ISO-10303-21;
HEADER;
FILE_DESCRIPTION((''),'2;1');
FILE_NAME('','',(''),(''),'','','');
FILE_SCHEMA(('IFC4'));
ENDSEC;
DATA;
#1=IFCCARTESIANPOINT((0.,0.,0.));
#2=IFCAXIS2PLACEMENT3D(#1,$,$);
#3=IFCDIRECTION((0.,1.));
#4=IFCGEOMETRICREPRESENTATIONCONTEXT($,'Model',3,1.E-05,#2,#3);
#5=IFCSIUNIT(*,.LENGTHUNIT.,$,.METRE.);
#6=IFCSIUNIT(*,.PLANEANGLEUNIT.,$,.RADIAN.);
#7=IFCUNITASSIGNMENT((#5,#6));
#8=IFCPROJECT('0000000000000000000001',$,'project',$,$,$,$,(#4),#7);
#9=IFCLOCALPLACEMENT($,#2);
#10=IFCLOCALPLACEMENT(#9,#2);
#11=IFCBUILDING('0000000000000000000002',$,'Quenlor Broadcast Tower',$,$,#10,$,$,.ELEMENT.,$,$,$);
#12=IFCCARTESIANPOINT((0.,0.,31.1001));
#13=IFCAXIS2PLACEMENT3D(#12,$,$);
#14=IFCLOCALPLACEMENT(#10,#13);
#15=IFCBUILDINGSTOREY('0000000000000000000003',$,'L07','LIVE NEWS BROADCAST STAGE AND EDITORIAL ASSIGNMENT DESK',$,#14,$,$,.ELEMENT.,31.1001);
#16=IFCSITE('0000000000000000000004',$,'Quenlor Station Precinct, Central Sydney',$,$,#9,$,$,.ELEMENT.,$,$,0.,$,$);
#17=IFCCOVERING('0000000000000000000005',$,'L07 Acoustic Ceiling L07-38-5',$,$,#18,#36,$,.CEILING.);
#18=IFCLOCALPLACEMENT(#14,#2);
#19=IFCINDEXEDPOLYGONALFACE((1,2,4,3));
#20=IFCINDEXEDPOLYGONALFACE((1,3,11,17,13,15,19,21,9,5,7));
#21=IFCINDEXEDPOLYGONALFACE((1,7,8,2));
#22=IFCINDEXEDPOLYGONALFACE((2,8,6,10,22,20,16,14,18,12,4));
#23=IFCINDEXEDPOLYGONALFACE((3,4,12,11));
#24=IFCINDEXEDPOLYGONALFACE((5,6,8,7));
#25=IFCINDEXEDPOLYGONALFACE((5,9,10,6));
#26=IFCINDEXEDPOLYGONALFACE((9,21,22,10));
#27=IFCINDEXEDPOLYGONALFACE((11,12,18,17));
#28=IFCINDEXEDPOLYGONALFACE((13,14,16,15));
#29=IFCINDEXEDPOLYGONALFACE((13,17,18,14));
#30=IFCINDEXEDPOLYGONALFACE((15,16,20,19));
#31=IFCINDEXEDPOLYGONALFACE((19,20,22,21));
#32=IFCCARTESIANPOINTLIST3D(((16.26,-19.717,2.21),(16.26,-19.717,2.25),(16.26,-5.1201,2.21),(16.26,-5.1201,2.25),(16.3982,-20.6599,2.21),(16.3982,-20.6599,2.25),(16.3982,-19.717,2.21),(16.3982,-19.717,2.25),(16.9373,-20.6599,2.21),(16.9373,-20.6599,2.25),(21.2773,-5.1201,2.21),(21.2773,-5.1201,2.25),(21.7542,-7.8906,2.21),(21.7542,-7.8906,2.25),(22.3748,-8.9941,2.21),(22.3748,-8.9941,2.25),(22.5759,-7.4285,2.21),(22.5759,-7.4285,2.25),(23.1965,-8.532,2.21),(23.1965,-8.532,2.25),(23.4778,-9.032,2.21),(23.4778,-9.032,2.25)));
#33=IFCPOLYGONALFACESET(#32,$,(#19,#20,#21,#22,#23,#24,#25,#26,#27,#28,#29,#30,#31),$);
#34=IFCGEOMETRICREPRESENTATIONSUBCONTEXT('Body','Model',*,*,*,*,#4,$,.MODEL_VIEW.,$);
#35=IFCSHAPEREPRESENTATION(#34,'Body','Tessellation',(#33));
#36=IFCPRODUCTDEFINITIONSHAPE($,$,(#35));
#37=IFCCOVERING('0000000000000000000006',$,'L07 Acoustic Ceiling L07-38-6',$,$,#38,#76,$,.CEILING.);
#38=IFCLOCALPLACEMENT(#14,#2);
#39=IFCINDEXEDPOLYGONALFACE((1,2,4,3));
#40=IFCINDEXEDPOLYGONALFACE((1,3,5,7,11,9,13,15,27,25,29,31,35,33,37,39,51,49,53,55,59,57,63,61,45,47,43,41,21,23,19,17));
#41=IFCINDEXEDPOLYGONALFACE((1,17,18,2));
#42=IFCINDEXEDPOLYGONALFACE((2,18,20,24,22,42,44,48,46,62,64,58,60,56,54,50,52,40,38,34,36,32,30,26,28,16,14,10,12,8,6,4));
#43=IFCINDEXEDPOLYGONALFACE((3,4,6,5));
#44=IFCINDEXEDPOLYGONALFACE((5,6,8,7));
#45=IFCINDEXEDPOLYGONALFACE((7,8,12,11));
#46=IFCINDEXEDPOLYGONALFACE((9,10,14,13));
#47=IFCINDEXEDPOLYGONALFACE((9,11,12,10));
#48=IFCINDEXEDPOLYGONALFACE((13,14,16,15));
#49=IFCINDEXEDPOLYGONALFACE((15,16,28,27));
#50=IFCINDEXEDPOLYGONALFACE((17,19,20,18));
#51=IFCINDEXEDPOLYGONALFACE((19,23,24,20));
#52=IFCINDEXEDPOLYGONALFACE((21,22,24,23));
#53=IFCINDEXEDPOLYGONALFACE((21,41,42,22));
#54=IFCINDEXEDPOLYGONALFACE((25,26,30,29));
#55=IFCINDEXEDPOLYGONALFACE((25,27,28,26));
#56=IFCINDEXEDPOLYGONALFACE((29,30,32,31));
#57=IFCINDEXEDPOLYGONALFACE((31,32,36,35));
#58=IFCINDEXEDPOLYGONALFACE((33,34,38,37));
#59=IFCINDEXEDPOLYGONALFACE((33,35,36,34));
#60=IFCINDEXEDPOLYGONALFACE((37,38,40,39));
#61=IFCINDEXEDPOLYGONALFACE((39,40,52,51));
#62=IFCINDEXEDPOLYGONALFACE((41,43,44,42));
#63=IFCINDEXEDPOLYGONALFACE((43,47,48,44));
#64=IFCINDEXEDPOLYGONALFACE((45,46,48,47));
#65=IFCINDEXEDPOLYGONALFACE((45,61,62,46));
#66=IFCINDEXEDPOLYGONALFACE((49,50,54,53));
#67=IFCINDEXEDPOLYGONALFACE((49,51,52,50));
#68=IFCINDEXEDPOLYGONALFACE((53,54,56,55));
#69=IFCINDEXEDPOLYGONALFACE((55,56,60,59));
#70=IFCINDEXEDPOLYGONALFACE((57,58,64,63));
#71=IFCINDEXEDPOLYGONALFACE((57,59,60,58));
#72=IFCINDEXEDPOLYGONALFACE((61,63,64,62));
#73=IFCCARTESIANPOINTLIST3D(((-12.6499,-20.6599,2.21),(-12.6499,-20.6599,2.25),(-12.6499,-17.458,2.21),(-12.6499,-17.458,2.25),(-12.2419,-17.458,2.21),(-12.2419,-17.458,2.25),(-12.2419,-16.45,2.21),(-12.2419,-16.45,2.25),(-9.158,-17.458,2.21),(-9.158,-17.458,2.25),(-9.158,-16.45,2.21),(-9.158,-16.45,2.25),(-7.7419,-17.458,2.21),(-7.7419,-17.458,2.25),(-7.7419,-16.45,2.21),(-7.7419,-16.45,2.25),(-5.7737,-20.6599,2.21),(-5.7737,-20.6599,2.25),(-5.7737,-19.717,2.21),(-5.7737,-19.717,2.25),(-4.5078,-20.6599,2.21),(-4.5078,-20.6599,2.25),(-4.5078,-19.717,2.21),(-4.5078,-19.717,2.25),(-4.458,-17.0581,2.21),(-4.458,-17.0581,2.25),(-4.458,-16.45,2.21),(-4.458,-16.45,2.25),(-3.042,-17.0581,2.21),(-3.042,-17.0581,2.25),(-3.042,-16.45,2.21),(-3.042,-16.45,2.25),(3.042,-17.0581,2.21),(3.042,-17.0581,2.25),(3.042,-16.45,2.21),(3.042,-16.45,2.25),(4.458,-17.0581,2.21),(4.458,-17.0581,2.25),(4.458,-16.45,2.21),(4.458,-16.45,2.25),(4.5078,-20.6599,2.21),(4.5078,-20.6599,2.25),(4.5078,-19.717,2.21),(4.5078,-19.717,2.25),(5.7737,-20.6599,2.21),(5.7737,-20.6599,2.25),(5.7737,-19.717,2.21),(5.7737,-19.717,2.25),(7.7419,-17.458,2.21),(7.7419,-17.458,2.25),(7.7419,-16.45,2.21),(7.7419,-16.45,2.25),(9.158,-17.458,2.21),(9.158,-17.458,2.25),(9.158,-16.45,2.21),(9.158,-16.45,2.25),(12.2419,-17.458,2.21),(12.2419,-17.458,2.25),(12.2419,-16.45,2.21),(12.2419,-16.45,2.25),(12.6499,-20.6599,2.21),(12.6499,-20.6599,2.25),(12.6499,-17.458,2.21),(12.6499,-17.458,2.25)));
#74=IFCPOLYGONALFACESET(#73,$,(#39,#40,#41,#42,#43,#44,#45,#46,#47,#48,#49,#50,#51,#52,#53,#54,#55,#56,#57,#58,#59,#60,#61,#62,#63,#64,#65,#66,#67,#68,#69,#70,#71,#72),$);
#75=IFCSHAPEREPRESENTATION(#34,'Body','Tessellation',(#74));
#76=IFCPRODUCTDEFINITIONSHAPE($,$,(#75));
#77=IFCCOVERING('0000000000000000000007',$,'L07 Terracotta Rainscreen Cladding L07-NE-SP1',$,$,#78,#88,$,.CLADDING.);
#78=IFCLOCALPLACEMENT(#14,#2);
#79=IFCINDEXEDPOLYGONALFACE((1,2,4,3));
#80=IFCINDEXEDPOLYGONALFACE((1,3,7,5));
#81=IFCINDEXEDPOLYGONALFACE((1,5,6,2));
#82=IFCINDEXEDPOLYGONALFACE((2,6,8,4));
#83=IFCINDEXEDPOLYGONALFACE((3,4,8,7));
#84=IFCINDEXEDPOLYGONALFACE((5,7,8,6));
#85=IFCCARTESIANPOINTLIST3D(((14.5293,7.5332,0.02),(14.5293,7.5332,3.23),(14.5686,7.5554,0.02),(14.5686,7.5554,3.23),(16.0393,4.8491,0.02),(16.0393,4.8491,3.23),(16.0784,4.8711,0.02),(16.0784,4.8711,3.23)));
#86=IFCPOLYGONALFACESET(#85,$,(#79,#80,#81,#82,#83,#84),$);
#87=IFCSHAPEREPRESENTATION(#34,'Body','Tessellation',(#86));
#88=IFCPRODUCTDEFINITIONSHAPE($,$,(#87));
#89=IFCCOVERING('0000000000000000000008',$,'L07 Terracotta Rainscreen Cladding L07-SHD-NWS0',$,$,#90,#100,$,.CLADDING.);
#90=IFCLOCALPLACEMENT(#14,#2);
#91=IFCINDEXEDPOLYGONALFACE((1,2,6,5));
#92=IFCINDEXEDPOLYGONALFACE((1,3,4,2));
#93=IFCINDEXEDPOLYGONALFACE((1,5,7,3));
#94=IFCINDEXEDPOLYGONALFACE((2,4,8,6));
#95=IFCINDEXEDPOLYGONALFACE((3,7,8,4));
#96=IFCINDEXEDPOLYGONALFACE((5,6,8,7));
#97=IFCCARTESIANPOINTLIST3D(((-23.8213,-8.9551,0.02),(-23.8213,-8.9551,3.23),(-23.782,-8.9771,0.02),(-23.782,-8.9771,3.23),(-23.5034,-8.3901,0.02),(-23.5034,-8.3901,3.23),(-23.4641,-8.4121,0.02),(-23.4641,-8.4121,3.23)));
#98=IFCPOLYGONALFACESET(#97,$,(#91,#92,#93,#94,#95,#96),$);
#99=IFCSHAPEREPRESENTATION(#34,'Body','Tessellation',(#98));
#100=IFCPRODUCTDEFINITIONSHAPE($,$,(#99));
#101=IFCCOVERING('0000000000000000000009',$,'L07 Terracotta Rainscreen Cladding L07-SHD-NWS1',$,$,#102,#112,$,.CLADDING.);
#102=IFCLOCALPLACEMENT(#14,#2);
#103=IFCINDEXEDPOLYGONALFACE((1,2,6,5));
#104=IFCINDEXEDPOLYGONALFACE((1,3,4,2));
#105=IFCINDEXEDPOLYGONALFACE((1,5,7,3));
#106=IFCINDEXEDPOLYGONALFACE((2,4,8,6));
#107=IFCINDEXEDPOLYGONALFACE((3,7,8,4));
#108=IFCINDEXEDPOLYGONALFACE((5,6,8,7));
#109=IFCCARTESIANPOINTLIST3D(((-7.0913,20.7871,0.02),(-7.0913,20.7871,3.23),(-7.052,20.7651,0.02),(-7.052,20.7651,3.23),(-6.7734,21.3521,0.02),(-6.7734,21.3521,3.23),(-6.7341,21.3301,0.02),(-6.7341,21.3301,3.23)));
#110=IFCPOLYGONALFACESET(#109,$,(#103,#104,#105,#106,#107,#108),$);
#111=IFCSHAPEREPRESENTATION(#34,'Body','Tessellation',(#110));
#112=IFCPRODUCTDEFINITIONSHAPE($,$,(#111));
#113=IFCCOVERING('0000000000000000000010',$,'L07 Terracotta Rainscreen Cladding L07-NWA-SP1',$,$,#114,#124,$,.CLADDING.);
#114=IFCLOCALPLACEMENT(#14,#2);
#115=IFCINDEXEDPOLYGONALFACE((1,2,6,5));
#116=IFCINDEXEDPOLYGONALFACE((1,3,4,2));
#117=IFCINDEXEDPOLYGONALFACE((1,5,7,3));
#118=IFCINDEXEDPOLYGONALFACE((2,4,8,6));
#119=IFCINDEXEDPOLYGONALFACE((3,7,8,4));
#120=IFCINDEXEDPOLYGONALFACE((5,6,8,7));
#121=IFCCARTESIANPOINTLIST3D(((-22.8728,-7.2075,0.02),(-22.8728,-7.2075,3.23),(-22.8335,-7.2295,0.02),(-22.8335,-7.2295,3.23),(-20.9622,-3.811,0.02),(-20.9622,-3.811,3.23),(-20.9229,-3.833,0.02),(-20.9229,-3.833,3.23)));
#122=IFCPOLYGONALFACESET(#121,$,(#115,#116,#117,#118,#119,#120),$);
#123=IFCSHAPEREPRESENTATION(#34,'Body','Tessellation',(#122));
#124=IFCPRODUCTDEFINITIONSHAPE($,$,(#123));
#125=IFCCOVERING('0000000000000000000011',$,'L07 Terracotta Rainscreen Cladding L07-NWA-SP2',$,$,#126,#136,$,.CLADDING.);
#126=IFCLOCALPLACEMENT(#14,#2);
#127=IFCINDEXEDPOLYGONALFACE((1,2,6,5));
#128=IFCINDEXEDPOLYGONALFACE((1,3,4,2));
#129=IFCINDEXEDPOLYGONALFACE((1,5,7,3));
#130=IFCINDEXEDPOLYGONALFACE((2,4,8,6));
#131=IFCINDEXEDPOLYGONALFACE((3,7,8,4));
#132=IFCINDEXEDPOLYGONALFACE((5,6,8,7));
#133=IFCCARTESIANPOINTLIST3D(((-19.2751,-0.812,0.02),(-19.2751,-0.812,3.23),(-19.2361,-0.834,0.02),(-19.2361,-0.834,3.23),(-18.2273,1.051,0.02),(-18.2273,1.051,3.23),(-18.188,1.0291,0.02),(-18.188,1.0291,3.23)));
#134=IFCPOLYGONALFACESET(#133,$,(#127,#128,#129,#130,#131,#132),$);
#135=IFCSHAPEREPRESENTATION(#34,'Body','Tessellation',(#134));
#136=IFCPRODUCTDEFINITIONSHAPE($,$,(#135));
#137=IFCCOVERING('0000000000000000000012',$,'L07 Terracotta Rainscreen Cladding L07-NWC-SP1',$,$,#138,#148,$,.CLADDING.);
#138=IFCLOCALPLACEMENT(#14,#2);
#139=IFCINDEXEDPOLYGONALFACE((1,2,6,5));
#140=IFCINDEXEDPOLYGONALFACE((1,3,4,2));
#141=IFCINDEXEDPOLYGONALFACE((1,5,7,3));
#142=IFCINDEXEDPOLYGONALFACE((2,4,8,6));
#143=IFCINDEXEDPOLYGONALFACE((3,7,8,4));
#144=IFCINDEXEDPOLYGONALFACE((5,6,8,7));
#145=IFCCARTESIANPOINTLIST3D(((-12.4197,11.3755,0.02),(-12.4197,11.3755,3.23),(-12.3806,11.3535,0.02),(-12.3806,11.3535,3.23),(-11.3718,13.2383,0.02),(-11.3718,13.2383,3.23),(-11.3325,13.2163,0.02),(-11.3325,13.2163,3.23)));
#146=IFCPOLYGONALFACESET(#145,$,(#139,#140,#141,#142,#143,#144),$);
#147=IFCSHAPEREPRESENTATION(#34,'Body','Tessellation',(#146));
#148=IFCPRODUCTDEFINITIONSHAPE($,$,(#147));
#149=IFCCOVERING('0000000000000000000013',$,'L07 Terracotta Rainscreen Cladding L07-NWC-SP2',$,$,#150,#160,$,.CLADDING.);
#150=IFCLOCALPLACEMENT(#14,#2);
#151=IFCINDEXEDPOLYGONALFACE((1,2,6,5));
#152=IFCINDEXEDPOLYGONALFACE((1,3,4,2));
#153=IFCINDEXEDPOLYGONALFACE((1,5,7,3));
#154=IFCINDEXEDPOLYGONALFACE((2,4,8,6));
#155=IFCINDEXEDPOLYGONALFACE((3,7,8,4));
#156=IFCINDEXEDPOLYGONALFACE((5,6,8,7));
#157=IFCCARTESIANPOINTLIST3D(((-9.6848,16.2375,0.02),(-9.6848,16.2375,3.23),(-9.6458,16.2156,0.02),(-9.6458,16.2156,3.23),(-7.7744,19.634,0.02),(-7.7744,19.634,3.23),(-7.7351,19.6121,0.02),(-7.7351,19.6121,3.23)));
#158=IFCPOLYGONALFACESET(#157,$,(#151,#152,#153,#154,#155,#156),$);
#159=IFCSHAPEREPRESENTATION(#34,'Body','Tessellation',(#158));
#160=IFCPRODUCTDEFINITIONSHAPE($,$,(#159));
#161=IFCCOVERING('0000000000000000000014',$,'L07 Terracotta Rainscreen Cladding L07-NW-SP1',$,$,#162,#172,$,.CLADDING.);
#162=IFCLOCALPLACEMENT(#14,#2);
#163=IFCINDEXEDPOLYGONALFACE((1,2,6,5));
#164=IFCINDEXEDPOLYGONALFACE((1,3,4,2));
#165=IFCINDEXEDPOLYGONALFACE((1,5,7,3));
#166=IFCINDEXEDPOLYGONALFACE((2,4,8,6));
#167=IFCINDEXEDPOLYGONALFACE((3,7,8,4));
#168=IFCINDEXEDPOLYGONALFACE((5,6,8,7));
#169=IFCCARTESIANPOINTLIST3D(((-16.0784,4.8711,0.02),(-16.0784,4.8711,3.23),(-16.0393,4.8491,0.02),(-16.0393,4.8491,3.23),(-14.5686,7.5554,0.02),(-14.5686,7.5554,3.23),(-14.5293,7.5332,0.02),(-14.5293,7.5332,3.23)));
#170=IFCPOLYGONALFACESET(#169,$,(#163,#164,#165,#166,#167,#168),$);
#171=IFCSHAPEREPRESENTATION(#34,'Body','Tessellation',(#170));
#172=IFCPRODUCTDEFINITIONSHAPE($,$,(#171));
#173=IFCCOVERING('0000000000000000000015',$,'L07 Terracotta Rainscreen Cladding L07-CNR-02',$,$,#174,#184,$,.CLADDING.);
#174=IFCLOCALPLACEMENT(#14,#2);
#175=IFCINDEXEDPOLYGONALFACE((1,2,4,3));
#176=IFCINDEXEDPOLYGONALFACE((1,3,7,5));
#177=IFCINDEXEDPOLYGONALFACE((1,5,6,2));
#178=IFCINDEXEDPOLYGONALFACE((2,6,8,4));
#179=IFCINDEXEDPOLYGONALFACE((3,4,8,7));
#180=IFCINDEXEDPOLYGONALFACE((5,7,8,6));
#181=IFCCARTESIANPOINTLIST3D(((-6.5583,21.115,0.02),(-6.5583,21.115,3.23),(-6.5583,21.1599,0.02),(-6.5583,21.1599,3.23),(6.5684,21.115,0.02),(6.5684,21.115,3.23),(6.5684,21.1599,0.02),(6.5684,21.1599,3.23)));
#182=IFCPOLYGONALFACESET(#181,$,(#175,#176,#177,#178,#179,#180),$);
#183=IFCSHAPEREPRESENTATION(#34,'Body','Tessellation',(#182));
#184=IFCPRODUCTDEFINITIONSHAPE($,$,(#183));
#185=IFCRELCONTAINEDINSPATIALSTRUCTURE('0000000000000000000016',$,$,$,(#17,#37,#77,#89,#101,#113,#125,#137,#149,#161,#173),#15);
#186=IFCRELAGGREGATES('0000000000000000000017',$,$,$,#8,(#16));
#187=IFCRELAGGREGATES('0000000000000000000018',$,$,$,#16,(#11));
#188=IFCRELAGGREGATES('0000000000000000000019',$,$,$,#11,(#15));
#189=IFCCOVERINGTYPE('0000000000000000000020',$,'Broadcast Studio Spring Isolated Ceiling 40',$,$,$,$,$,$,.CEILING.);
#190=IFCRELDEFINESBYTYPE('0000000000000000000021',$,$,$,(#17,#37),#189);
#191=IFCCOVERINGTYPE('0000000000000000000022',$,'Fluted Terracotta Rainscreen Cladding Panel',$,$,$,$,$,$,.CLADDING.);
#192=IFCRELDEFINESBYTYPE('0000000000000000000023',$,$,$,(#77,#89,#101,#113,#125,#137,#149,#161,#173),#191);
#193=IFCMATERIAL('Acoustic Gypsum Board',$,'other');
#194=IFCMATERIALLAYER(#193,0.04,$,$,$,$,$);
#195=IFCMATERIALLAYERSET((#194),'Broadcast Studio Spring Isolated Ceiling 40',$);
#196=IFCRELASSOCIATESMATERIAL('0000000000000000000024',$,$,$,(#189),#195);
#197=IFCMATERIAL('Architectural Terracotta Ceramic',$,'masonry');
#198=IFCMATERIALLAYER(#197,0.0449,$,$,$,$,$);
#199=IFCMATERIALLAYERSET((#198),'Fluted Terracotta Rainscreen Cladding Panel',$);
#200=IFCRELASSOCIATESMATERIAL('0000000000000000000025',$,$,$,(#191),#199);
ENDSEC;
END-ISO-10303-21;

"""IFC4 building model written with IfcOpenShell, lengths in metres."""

from ifc_helpers import new_model, si_unit, direction, frame, origin, place, context, subcontext, project, spatial, polyline, outline, extrude, material, layer, layer_set, type_object, element, save


model = new_model("IFC4")

# Units and contexts
model_context = context("Model", 3, precision=1e-05, world=origin(), true_north=direction((0.0, 1.0)))
body_context = subcontext(model_context, "Body", "Model", "MODEL_VIEW")
ifc_project = project(units=[si_unit("LENGTHUNIT", "METRE"), si_unit("PLANEANGLEUNIT", "RADIAN")], contexts=[model_context])

# Site, building, storey
site_placement = place(None, origin())
site = spatial("IfcSite", under=ifc_project, at=site_placement, Name="Quenlor Station Precinct, Central Sydney", CompositionType="ELEMENT", RefElevation=0.0)
building_placement = place(site_placement, origin())
building = spatial("IfcBuilding", under=site, at=building_placement, Name="Quenlor Broadcast Tower", CompositionType="ELEMENT")
storey_placement = place(building_placement, frame((0.0, 0.0, 31.1001)))
storey = spatial("IfcBuildingStorey", under=building, at=storey_placement, Name="L07", Description="LIVE NEWS BROADCAST STAGE AND EDITORIAL ASSIGNMENT DESK", CompositionType="ELEMENT", Elevation=31.1001)

# Coverings
ifc_material_1 = material(Name="Acoustic Gypsum Board", Category="other")
ifc_layer_1 = layer(ifc_material_1, 0.04)
ifc_layer_set_1 = layer_set([ifc_layer_1], Name="Broadcast Studio Spring Isolated Ceiling 40")
covering_type_1 = type_object("IfcCoveringType", Name="Broadcast Studio Spring Isolated Ceiling 40", PredefinedType="CEILING", material=ifc_layer_set_1)
covering_1_placement = place(storey_placement, frame((0.0, 0.0, 2.21)))
element("IfcCovering", 1, at=covering_1_placement, inside=storey, type_object=covering_type_1, Name="L07 Acoustic Ceiling L07-38-5", PredefinedType="CEILING", context=body_context, shape_type="SweptSolid", body=[
    extrude(outline(polyline([(22.5759, -7.4285), (21.7542, -7.8906), (22.3748, -8.9941), (23.1965, -8.532), (23.4778, -9.032), (16.9373, -20.6599), (16.3982, -20.6599), (16.3982, -19.717), (16.26, -19.717), (16.26, -5.1201), (21.2773, -5.1201), (22.5759, -7.4285)])), origin(), (0.0, 0.0, 1.0), 0.04),
])
covering_2_placement = place(storey_placement, frame((0.0, 0.0, 2.21)))
element("IfcCovering", 2, at=covering_2_placement, inside=storey, type_object=covering_type_1, Name="L07 Acoustic Ceiling L07-38-6", PredefinedType="CEILING", context=body_context, shape_type="SweptSolid", body=[
    extrude(outline(polyline([(-12.2419, -17.458), (-12.2419, -16.45), (-9.158, -16.45), (-9.158, -17.458), (-7.7419, -17.458), (-7.7419, -16.45), (-4.458, -16.45), (-4.458, -17.0581), (-3.042, -17.0581), (-3.042, -16.45), (3.042, -16.45), (3.042, -17.0581), (4.458, -17.0581), (4.458, -16.45), (7.7419, -16.45), (7.7419, -17.458), (9.158, -17.458), (9.158, -16.45), (12.2419, -16.45), (12.2419, -17.458), (12.6499, -17.458), (12.6499, -20.6599), (5.7737, -20.6599), (5.7737, -19.717), (4.5078, -19.717), (4.5078, -20.6599), (-4.5078, -20.6599), (-4.5078, -19.717), (-5.7737, -19.717), (-5.7737, -20.6599), (-12.6499, -20.6599), (-12.6499, -17.458), (-12.2419, -17.458)])), origin(), (0.0, 0.0, 1.0), 0.04),
])
ifc_material_2 = material(Name="Architectural Terracotta Ceramic", Category="masonry")
ifc_layer_2 = layer(ifc_material_2, 0.0449)
ifc_layer_set_2 = layer_set([ifc_layer_2], Name="Fluted Terracotta Rainscreen Cladding Panel")
covering_type_2 = type_object("IfcCoveringType", Name="Fluted Terracotta Rainscreen Cladding Panel", PredefinedType="CLADDING", material=ifc_layer_set_2)
covering_3_placement = place(storey_placement, frame((0.0, 0.0, 0.02)))
element("IfcCovering", 3, at=covering_3_placement, inside=storey, type_object=covering_type_2, Name="L07 Terracotta Rainscreen Cladding L07-NE-SP1", PredefinedType="CLADDING", context=body_context, shape_type="SweptSolid", body=[
    extrude(outline(polyline([(14.5293, 7.5332), (16.0393, 4.8491), (16.0784, 4.8711), (14.5686, 7.5554), (14.5293, 7.5332)])), origin(), (0.0, 0.0, 1.0), 3.21),
])
covering_4_placement = place(storey_placement, frame((0.0, 0.0, 0.02)))
element("IfcCovering", 4, at=covering_4_placement, inside=storey, type_object=covering_type_2, Name="L07 Terracotta Rainscreen Cladding L07-SHD-NWS0", PredefinedType="CLADDING", context=body_context, shape_type="SweptSolid", body=[
    extrude(outline(polyline([(-23.782, -8.9771), (-23.4641, -8.4121), (-23.5034, -8.3901), (-23.8213, -8.9551), (-23.782, -8.9771)])), origin(), (0.0, 0.0, 1.0), 3.21),
])
covering_5_placement = place(storey_placement, frame((0.0, 0.0, 0.02)))
element("IfcCovering", 5, at=covering_5_placement, inside=storey, type_object=covering_type_2, Name="L07 Terracotta Rainscreen Cladding L07-SHD-NWS1", PredefinedType="CLADDING", context=body_context, shape_type="SweptSolid", body=[
    extrude(outline(polyline([(-7.052, 20.7651), (-6.7341, 21.3301), (-6.7734, 21.3521), (-7.0913, 20.7871), (-7.052, 20.7651)])), origin(), (0.0, 0.0, 1.0), 3.21),
])
covering_6_placement = place(storey_placement, frame((0.0, 0.0, 0.02)))
element("IfcCovering", 6, at=covering_6_placement, inside=storey, type_object=covering_type_2, Name="L07 Terracotta Rainscreen Cladding L07-NWA-SP1", PredefinedType="CLADDING", context=body_context, shape_type="SweptSolid", body=[
    extrude(outline(polyline([(-22.8335, -7.2295), (-20.9229, -3.833), (-20.9622, -3.811), (-22.8728, -7.2075), (-22.8335, -7.2295)])), origin(), (0.0, 0.0, 1.0), 3.21),
])
covering_7_placement = place(storey_placement, frame((0.0, 0.0, 0.02)))
element("IfcCovering", 7, at=covering_7_placement, inside=storey, type_object=covering_type_2, Name="L07 Terracotta Rainscreen Cladding L07-NWA-SP2", PredefinedType="CLADDING", context=body_context, shape_type="SweptSolid", body=[
    extrude(outline(polyline([(-19.2361, -0.834), (-18.188, 1.0291), (-18.2273, 1.051), (-19.2751, -0.812), (-19.2361, -0.834)])), origin(), (0.0, 0.0, 1.0), 3.21),
])
covering_8_placement = place(storey_placement, frame((0.0, 0.0, 0.02)))
element("IfcCovering", 8, at=covering_8_placement, inside=storey, type_object=covering_type_2, Name="L07 Terracotta Rainscreen Cladding L07-NWC-SP1", PredefinedType="CLADDING", context=body_context, shape_type="SweptSolid", body=[
    extrude(outline(polyline([(-12.3806, 11.3535), (-11.3325, 13.2163), (-11.3718, 13.2383), (-12.4197, 11.3755), (-12.3806, 11.3535)])), origin(), (0.0, 0.0, 1.0), 3.21),
])
covering_9_placement = place(storey_placement, frame((0.0, 0.0, 0.02)))
element("IfcCovering", 9, at=covering_9_placement, inside=storey, type_object=covering_type_2, Name="L07 Terracotta Rainscreen Cladding L07-NWC-SP2", PredefinedType="CLADDING", context=body_context, shape_type="SweptSolid", body=[
    extrude(outline(polyline([(-9.6458, 16.2156), (-7.7351, 19.6121), (-7.7744, 19.634), (-9.6848, 16.2375), (-9.6458, 16.2156)])), origin(), (0.0, 0.0, 1.0), 3.21),
])
covering_10_placement = place(storey_placement, frame((0.0, 0.0, 0.02)))
element("IfcCovering", 10, at=covering_10_placement, inside=storey, type_object=covering_type_2, Name="L07 Terracotta Rainscreen Cladding L07-NW-SP1", PredefinedType="CLADDING", context=body_context, shape_type="SweptSolid", body=[
    extrude(outline(polyline([(-16.0393, 4.8491), (-14.5293, 7.5332), (-14.5686, 7.5554), (-16.0784, 4.8711), (-16.0393, 4.8491)])), origin(), (0.0, 0.0, 1.0), 3.21),
])
covering_11_placement = place(storey_placement, frame((0.0, 0.0, 0.02)))
element("IfcCovering", 11, at=covering_11_placement, inside=storey, type_object=covering_type_2, Name="L07 Terracotta Rainscreen Cladding L07-CNR-02", PredefinedType="CLADDING", context=body_context, shape_type="SweptSolid", body=[
    extrude(outline(polyline([(6.5684, 21.1599), (-6.5583, 21.1599), (-6.5583, 21.115), (6.5684, 21.115), (6.5684, 21.1599)])), origin(), (0.0, 0.0, 1.0), 3.21),
])

save(model, "model.ifc")
